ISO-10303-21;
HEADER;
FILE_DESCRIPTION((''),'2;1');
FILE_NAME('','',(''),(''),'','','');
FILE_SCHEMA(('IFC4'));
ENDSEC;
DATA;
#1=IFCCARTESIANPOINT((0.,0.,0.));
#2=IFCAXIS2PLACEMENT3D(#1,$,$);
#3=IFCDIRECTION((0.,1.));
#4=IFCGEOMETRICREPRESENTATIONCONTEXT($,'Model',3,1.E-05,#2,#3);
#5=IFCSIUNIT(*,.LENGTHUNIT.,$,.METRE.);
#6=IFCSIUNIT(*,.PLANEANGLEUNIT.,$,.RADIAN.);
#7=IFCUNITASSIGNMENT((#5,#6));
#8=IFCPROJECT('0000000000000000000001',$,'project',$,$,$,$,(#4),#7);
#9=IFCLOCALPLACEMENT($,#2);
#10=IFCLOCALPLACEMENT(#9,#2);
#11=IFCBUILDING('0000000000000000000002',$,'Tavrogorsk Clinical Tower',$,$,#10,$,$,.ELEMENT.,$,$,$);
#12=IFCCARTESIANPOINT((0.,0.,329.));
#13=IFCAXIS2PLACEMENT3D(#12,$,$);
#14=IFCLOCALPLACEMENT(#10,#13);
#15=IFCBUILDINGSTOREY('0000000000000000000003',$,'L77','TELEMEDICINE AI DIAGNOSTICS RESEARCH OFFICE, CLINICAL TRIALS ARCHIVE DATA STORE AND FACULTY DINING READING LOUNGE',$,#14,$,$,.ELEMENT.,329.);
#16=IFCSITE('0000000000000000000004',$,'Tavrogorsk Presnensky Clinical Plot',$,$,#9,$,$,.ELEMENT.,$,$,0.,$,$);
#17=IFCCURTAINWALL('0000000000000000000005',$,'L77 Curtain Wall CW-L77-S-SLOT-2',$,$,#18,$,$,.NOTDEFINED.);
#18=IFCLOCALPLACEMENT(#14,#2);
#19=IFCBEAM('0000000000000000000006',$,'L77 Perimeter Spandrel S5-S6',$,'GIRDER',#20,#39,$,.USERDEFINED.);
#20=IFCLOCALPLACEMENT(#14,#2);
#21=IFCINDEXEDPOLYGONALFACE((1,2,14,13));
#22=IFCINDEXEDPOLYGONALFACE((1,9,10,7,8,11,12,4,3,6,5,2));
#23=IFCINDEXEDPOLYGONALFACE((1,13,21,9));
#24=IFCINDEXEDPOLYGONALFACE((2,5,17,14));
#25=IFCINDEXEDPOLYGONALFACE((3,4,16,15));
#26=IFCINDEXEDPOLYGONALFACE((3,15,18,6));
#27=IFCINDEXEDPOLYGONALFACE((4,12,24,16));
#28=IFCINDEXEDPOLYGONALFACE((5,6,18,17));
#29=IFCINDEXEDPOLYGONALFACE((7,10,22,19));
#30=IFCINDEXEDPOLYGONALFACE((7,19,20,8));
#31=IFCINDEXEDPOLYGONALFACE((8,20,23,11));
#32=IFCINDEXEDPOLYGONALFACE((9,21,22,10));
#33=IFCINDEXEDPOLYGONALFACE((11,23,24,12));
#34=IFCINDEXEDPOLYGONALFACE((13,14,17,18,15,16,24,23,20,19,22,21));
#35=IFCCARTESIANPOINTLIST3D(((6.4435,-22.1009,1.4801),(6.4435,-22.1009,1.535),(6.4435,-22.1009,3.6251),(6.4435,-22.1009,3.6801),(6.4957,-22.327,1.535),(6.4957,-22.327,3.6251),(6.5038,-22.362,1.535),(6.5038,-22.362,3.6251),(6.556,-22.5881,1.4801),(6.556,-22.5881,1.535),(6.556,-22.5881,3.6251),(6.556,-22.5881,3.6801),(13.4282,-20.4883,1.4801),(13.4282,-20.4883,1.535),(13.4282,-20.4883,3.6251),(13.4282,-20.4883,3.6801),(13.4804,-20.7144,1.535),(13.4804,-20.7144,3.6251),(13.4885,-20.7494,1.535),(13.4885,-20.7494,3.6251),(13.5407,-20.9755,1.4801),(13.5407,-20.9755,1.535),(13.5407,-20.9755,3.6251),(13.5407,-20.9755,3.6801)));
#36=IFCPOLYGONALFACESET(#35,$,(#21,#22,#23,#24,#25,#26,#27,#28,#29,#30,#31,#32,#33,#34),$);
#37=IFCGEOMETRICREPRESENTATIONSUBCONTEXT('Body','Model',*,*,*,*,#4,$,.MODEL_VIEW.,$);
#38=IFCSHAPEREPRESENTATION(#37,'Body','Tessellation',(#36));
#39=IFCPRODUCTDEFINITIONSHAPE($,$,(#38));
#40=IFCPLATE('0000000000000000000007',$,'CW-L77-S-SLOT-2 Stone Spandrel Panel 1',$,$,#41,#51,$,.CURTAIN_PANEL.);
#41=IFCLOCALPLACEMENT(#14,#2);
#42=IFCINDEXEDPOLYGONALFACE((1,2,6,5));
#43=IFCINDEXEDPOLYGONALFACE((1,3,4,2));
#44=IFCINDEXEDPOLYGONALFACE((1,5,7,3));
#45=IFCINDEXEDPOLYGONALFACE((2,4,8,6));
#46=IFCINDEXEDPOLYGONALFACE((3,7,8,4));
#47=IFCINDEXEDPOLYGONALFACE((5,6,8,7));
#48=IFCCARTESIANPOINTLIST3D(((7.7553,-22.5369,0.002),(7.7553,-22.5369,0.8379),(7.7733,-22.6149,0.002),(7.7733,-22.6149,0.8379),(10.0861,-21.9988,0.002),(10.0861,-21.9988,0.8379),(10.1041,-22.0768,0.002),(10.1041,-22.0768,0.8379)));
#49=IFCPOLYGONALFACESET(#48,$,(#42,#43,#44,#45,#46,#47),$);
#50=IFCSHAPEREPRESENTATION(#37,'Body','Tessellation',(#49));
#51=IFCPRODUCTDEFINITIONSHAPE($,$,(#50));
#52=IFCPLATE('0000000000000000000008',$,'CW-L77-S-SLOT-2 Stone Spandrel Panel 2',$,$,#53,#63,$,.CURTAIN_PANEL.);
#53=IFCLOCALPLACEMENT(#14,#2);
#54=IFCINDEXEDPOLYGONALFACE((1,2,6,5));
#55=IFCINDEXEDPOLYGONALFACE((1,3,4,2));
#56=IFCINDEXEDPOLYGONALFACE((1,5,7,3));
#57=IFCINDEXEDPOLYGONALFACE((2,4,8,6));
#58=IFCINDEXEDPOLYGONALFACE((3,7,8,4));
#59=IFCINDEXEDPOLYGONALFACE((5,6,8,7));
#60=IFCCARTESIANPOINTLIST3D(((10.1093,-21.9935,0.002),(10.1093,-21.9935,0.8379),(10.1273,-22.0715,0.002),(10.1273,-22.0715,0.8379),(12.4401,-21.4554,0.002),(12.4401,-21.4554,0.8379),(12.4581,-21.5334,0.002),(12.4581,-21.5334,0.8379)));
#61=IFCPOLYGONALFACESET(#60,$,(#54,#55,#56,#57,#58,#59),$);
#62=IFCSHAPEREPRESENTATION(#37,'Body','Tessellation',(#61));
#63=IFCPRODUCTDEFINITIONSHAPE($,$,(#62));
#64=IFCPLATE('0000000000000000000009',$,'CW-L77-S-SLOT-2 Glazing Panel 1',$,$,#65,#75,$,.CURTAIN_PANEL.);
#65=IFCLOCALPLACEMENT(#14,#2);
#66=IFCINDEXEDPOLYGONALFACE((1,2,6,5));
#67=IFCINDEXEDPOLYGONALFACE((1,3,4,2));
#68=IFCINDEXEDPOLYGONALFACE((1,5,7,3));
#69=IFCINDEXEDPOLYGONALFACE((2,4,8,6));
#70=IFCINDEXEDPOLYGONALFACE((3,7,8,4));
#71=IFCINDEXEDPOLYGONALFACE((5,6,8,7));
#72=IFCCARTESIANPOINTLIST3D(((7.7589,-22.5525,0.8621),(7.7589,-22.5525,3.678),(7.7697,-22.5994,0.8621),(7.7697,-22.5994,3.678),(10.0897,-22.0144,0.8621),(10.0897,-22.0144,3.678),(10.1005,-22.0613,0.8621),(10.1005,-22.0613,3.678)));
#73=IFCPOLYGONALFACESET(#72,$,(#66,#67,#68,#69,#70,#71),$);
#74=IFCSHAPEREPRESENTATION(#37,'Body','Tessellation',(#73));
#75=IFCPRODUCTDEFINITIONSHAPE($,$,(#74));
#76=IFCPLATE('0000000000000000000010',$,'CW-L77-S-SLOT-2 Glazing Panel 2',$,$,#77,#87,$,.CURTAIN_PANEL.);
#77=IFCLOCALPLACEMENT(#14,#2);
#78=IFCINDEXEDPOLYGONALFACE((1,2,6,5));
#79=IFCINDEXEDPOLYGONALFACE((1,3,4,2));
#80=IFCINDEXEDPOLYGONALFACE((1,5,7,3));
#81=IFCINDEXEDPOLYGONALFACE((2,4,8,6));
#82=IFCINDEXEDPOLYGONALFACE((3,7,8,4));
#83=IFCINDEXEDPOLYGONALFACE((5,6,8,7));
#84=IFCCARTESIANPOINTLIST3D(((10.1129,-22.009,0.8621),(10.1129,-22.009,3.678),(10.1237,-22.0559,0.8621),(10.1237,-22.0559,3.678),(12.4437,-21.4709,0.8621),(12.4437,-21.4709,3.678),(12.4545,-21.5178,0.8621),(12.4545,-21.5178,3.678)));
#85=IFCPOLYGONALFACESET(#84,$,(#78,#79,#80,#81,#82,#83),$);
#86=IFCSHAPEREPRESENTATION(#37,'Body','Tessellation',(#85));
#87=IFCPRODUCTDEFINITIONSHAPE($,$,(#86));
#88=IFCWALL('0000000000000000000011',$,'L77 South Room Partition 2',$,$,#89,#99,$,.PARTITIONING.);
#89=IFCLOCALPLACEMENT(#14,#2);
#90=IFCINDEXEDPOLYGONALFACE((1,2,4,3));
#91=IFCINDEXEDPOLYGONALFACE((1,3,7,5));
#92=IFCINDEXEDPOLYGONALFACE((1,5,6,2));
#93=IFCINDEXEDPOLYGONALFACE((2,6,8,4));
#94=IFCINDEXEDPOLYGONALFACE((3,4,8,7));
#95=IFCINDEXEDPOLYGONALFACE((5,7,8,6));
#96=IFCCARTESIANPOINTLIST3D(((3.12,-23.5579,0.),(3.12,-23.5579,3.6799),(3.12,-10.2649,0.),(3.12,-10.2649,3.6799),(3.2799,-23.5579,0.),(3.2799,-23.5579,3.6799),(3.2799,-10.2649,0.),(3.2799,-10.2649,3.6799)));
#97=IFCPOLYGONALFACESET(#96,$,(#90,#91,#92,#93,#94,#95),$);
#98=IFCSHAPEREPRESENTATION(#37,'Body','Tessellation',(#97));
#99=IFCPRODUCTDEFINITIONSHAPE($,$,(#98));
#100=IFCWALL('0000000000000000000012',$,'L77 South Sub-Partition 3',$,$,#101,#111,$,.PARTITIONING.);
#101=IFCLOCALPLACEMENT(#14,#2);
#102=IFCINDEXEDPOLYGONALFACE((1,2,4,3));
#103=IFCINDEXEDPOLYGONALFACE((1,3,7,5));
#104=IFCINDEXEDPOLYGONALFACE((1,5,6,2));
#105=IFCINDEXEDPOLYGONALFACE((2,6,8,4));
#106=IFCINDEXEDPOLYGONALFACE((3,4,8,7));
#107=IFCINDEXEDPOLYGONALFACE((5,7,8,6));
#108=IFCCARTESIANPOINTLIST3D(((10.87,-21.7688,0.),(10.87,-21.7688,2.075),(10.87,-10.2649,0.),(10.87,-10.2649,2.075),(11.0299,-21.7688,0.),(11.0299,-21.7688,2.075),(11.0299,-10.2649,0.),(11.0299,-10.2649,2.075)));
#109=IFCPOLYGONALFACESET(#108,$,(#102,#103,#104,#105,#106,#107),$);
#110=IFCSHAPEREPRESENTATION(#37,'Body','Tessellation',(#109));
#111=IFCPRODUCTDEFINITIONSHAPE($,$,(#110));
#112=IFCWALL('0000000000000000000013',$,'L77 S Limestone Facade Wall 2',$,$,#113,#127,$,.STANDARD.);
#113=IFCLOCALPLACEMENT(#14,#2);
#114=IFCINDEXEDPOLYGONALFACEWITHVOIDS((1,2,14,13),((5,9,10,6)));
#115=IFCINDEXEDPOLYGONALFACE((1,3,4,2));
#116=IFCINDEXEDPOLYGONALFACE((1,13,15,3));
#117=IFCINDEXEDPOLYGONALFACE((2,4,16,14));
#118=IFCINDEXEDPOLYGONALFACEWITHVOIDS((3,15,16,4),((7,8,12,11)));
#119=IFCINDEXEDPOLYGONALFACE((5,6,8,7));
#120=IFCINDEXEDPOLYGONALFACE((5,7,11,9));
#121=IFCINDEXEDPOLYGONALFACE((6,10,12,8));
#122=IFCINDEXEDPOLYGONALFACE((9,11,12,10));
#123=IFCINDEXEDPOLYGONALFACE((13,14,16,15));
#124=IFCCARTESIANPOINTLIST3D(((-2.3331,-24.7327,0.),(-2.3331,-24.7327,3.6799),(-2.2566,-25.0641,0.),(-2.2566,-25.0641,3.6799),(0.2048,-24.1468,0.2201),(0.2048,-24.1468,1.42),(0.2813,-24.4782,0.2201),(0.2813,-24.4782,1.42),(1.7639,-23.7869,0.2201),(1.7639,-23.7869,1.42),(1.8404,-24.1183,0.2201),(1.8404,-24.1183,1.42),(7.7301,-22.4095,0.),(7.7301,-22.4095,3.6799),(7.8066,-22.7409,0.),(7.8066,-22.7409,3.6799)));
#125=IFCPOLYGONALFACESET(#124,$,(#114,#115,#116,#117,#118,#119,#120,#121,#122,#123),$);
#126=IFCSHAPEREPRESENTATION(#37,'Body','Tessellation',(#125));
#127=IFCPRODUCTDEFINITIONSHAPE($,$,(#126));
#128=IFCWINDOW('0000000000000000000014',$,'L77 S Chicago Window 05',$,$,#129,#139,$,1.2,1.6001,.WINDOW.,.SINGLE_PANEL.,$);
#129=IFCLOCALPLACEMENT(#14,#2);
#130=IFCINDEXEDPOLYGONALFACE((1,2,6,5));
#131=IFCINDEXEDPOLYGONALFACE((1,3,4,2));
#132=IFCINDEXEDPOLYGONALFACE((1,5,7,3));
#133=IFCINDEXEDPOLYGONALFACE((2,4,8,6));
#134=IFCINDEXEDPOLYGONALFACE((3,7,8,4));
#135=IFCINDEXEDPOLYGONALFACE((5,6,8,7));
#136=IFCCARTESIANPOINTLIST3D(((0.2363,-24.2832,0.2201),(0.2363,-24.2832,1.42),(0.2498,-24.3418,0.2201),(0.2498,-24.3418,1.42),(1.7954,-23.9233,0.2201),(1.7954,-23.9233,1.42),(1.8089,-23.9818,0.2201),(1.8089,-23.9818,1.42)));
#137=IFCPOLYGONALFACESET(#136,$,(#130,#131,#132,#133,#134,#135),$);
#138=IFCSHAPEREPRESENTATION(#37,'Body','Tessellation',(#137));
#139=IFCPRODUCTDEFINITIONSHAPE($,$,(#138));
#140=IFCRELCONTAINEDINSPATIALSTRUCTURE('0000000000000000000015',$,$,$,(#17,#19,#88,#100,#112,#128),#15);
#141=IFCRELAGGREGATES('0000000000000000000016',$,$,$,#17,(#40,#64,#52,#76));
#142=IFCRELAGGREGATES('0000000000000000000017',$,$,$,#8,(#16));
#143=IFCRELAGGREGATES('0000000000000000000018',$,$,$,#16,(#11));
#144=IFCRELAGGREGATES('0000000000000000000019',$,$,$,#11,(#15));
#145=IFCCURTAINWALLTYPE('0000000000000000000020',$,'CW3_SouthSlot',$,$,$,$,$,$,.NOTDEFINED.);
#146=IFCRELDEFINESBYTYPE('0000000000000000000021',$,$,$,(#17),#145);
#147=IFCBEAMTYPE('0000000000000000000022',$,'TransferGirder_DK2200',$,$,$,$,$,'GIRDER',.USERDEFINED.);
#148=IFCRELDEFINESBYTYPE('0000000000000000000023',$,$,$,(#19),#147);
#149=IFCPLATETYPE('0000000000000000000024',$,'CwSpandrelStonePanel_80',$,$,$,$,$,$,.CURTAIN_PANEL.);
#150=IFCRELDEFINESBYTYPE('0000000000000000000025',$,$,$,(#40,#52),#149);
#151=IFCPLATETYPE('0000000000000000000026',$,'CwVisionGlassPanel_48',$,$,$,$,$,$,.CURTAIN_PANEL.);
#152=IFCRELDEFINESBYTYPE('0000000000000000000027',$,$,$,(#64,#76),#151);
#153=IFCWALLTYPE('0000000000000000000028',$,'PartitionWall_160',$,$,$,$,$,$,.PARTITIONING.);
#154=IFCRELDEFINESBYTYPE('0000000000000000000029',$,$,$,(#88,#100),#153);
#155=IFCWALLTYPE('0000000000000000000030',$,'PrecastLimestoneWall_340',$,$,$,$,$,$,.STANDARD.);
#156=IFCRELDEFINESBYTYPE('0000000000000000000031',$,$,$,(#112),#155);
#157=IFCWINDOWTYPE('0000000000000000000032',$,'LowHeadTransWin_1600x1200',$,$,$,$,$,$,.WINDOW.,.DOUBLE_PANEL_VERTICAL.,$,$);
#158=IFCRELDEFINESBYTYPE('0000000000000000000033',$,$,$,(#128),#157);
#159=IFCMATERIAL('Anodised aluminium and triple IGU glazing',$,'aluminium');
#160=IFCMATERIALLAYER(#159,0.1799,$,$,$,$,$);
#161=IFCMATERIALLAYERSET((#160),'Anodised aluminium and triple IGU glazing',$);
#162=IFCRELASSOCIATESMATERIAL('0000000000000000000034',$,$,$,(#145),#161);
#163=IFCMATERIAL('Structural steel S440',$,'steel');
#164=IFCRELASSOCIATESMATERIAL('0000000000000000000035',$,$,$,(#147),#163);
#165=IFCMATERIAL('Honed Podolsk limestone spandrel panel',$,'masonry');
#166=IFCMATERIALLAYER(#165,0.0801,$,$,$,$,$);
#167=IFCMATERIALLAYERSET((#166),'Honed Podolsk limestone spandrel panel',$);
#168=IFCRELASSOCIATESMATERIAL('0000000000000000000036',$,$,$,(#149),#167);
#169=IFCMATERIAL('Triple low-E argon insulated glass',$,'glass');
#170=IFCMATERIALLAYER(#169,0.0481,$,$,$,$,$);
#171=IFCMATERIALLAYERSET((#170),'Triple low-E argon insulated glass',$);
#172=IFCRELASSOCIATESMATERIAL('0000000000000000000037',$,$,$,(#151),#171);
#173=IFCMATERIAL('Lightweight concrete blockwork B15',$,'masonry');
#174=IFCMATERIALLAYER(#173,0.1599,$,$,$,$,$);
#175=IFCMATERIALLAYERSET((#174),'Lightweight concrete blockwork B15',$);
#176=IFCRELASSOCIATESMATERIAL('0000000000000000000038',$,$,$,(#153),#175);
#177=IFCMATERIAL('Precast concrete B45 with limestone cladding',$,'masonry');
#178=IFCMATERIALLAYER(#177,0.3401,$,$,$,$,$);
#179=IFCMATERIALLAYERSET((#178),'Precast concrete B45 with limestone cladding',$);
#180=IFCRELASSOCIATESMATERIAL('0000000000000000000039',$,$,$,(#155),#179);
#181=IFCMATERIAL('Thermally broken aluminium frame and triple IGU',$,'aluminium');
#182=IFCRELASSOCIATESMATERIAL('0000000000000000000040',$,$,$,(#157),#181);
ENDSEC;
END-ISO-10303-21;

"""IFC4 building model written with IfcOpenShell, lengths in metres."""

from ifc_helpers import new_model, si_unit, direction, frame, frame_2d, origin, origin_2d, place, context, subcontext, project, spatial, rectangle, i_section, extrude, material, layer, layer_set, material_profile, profile_set, type_object, element, fill, aggregate, save


model = new_model("IFC4")

# Units and contexts
model_context = context("Model", 3, precision=1e-05, world=origin(), true_north=direction((0.0, 1.0)))
body_context = subcontext(model_context, "Body", "Model", "MODEL_VIEW")
ifc_project = project(units=[si_unit("LENGTHUNIT", "METRE"), si_unit("PLANEANGLEUNIT", "RADIAN")], contexts=[model_context])

# Site, building, storey
site_placement = place(None, origin())
site = spatial("IfcSite", under=ifc_project, at=site_placement, Name="Tavrogorsk Presnensky Clinical Plot", CompositionType="ELEMENT", RefElevation=0.0)
building_placement = place(site_placement, origin())
building = spatial("IfcBuilding", under=site, at=building_placement, Name="Tavrogorsk Clinical Tower", CompositionType="ELEMENT")
storey_placement = place(building_placement, frame((0.0, 0.0, 329.0)))
storey = spatial("IfcBuildingStorey", under=building, at=storey_placement, Name="L77", Description="TELEMEDICINE AI DIAGNOSTICS RESEARCH OFFICE, CLINICAL TRIALS ARCHIVE DATA STORE AND FACULTY DINING READING LOUNGE", CompositionType="ELEMENT", Elevation=329.0)

# Curtain wall
ifc_material_1 = material(Name="Anodised aluminium and triple IGU glazing", Category="aluminium")
ifc_layer_1 = layer(ifc_material_1, 0.1799)
ifc_layer_set_1 = layer_set([ifc_layer_1], Name="Anodised aluminium and triple IGU glazing")
curtain_wall_type = type_object("IfcCurtainWallType", Name="CW3_SouthSlot", PredefinedType="NOTDEFINED", material=ifc_layer_set_1)
curtain_wall_placement = place(storey_placement, origin())
curtain_wall = element("IfcCurtainWall", 1, at=curtain_wall_placement, inside=storey, type_object=curtain_wall_type, Name="L77 Curtain Wall CW-L77-S-SLOT-2", PredefinedType="NOTDEFINED")

# Beam
ifc_material_2 = material(Name="Structural steel S440", Category="steel")
ifc_material_profile_1 = material_profile(ifc_material_2, i_section(OverallWidth=0.5, OverallDepth=2.2, WebThickness=0.0359, FlangeThickness=0.0549, at=origin_2d()), Name="DK-2200x500x36x55")
ifc_profile_set_1 = profile_set([ifc_material_profile_1], Name="Structural steel S440")
beam_type = type_object("IfcBeamType", Name="TransferGirder_DK2200", ElementType="GIRDER", PredefinedType="USERDEFINED", material=ifc_profile_set_1)
beam_1_placement = place(storey_placement, frame((6.4998, -22.3445, 2.5801), z_axis=(0.974369, 0.224954, 0.0), x_axis=(-0.224954, 0.974369, 0.0)))
element("IfcBeam", 2, at=beam_1_placement, inside=storey, type_object=beam_type, Name="L77 Perimeter Spandrel S5-S6", ObjectType="GIRDER", PredefinedType="USERDEFINED", context=body_context, shape_type="SweptSolid", body=[
    extrude(i_section(OverallWidth=0.5, OverallDepth=2.2, WebThickness=0.0359, FlangeThickness=0.0549, at=origin_2d()), origin(), (0.0, 0.0, 1.0), 7.1685),
])

# Plates
ifc_material_3 = material(Name="Honed Podolsk limestone spandrel panel", Category="masonry")
ifc_layer_2 = layer(ifc_material_3, 0.0801)
ifc_layer_set_2 = layer_set([ifc_layer_2], Name="Honed Podolsk limestone spandrel panel")
plate_type_1 = type_object("IfcPlateType", Name="CwSpandrelStonePanel_80", PredefinedType="CURTAIN_PANEL", material=ifc_layer_set_2)
plate_1_placement = place(storey_placement, frame((8.9297, -22.3069, 0.002), z_axis=(0.0, 0.0, 1.0), x_axis=(0.97437, 0.224951, 0.0)))
plate_1 = element("IfcPlate", 3, at=plate_1_placement, type_object=plate_type_1, Name="CW-L77-S-SLOT-2 Stone Spandrel Panel 1", PredefinedType="CURTAIN_PANEL", context=body_context, shape_type="SweptSolid", body=[
    extrude(rectangle(XDim=2.3921, YDim=0.0801, at=origin_2d()), origin(), (0.0, 0.0, 1.0), 0.8359),
])
plate_2_placement = place(storey_placement, frame((11.2837, -21.7634, 0.002), z_axis=(0.0, 0.0, 1.0), x_axis=(0.97437, 0.224951, 0.0)))
plate_2 = element("IfcPlate", 4, at=plate_2_placement, type_object=plate_type_1, Name="CW-L77-S-SLOT-2 Stone Spandrel Panel 2", PredefinedType="CURTAIN_PANEL", context=body_context, shape_type="SweptSolid", body=[
    extrude(rectangle(XDim=2.3921, YDim=0.0801, at=origin_2d()), origin(), (0.0, 0.0, 1.0), 0.8359),
])
ifc_material_4 = material(Name="Triple low-E argon insulated glass", Category="glass")
ifc_layer_3 = layer(ifc_material_4, 0.0481)
ifc_layer_set_3 = layer_set([ifc_layer_3], Name="Triple low-E argon insulated glass")
plate_type_2 = type_object("IfcPlateType", Name="CwVisionGlassPanel_48", PredefinedType="CURTAIN_PANEL", material=ifc_layer_set_3)
plate_3_placement = place(storey_placement, frame((8.9297, -22.3069, 0.8621), z_axis=(0.0, 0.0, 1.0), x_axis=(0.97437, 0.224951, 0.0)))
plate_3 = element("IfcPlate", 5, at=plate_3_placement, type_object=plate_type_2, Name="CW-L77-S-SLOT-2 Glazing Panel 1", PredefinedType="CURTAIN_PANEL", context=body_context, shape_type="SweptSolid", body=[
    extrude(rectangle(XDim=2.3921, YDim=0.0481, at=origin_2d()), origin(), (0.0, 0.0, 1.0), 2.8159),
])
plate_4_placement = place(storey_placement, frame((11.2837, -21.7634, 0.8621), z_axis=(0.0, 0.0, 1.0), x_axis=(0.97437, 0.224951, 0.0)))
plate_4 = element("IfcPlate", 6, at=plate_4_placement, type_object=plate_type_2, Name="CW-L77-S-SLOT-2 Glazing Panel 2", PredefinedType="CURTAIN_PANEL", context=body_context, shape_type="SweptSolid", body=[
    extrude(rectangle(XDim=2.3921, YDim=0.0481, at=origin_2d()), origin(), (0.0, 0.0, 1.0), 2.8159),
])
aggregate(curtain_wall, [plate_1, plate_3, plate_2, plate_4])

# Walls
ifc_material_5 = material(Name="Lightweight concrete blockwork B15", Category="masonry")
ifc_layer_4 = layer(ifc_material_5, 0.1599)
ifc_layer_set_4 = layer_set([ifc_layer_4], Name="Lightweight concrete blockwork B15")
wall_type_1 = type_object("IfcWallType", Name="PartitionWall_160", PredefinedType="PARTITIONING", material=ifc_layer_set_4)
wall_1_placement = place(storey_placement, frame((3.2, -23.5579, 0.0), z_axis=(0.0, 0.0, 1.0), x_axis=(0.0, 1.0, 0.0)))
element("IfcWall", 7, at=wall_1_placement, inside=storey, type_object=wall_type_1, Name="L77 South Room Partition 2", PredefinedType="PARTITIONING", context=body_context, shape_type="SweptSolid", body=[
    extrude(rectangle(XDim=13.293, YDim=0.1599, at=frame_2d((6.6465, 0.0))), origin(), (0.0, 0.0, 1.0), 3.6799),
])
wall_2_placement = place(storey_placement, frame((10.95, -21.7688, 0.0), z_axis=(0.0, 0.0, 1.0), x_axis=(0.0, 1.0, 0.0)))
element("IfcWall", 8, at=wall_2_placement, inside=storey, type_object=wall_type_1, Name="L77 South Sub-Partition 3", PredefinedType="PARTITIONING", context=body_context, shape_type="SweptSolid", body=[
    extrude(rectangle(XDim=11.5039, YDim=0.1599, at=frame_2d((5.752, 0.0))), origin(), (0.0, 0.0, 1.0), 2.075),
])

# Wall, opening, window
ifc_material_6 = material(Name="Precast concrete B45 with limestone cladding", Category="masonry")
ifc_layer_5 = layer(ifc_material_6, 0.3401)
ifc_layer_set_5 = layer_set([ifc_layer_5], Name="Precast concrete B45 with limestone cladding")
wall_type_2 = type_object("IfcWallType", Name="PrecastLimestoneWall_340", PredefinedType="STANDARD", material=ifc_layer_set_5)
wall_3_placement = place(storey_placement, frame((-2.2949, -24.8984, 0.0), z_axis=(0.0, 0.0, 1.0), x_axis=(0.974371, 0.224948, 0.0)))
wall_3 = element("IfcWall", 9, at=wall_3_placement, inside=storey, type_object=wall_type_2, Name="L77 S Limestone Facade Wall 2", PredefinedType="STANDARD", context=body_context, shape_type="SweptSolid", body=[
    extrude(rectangle(XDim=10.3279, YDim=0.3401, at=frame_2d((5.1641, 0.0))), origin(), (0.0, 0.0, 1.0), 3.6799),
])
opening_placement = place(wall_3_placement, frame((2.6047, 0.0, 0.22)))
opening = element("IfcOpeningElement", 10, at=opening_placement, cuts=wall_3, PredefinedType="OPENING", context=body_context, shape_type="SweptSolid", body=[
    extrude(rectangle(XDim=1.6001, YDim=1.2, at=frame_2d((0.8, 0.6001))), frame((0.0, 0.1799, 0.0), z_axis=(0.0, -1.0, 0.0), x_axis=(1.0, 0.0, 0.0)), (0.0, 0.0, 1.0), 0.3601),
])
ifc_material_7 = material(Name="Thermally broken aluminium frame and triple IGU", Category="aluminium")
window_type = type_object("IfcWindowType", Name="LowHeadTransWin_1600x1200", PartitioningType="DOUBLE_PANEL_VERTICAL", PredefinedType="WINDOW", material=ifc_material_7)
window_placement = place(opening_placement, origin())
window = element("IfcWindow", 11, at=window_placement, inside=storey, type_object=window_type, Name="L77 S Chicago Window 05", OverallHeight=1.2, OverallWidth=1.6001, PartitioningType="SINGLE_PANEL", PredefinedType="WINDOW", context=body_context, shape_type="SweptSolid", body=[
    extrude(rectangle(XDim=1.6001, YDim=1.2, at=frame_2d((0.8, 0.6001))), frame((0.0, 0.03, 0.0), z_axis=(0.0, -1.0, 0.0), x_axis=(1.0, 0.0, 0.0)), (0.0, 0.0, 1.0), 0.0601),
])
fill(opening, window)

save(model, "model.ifc")
